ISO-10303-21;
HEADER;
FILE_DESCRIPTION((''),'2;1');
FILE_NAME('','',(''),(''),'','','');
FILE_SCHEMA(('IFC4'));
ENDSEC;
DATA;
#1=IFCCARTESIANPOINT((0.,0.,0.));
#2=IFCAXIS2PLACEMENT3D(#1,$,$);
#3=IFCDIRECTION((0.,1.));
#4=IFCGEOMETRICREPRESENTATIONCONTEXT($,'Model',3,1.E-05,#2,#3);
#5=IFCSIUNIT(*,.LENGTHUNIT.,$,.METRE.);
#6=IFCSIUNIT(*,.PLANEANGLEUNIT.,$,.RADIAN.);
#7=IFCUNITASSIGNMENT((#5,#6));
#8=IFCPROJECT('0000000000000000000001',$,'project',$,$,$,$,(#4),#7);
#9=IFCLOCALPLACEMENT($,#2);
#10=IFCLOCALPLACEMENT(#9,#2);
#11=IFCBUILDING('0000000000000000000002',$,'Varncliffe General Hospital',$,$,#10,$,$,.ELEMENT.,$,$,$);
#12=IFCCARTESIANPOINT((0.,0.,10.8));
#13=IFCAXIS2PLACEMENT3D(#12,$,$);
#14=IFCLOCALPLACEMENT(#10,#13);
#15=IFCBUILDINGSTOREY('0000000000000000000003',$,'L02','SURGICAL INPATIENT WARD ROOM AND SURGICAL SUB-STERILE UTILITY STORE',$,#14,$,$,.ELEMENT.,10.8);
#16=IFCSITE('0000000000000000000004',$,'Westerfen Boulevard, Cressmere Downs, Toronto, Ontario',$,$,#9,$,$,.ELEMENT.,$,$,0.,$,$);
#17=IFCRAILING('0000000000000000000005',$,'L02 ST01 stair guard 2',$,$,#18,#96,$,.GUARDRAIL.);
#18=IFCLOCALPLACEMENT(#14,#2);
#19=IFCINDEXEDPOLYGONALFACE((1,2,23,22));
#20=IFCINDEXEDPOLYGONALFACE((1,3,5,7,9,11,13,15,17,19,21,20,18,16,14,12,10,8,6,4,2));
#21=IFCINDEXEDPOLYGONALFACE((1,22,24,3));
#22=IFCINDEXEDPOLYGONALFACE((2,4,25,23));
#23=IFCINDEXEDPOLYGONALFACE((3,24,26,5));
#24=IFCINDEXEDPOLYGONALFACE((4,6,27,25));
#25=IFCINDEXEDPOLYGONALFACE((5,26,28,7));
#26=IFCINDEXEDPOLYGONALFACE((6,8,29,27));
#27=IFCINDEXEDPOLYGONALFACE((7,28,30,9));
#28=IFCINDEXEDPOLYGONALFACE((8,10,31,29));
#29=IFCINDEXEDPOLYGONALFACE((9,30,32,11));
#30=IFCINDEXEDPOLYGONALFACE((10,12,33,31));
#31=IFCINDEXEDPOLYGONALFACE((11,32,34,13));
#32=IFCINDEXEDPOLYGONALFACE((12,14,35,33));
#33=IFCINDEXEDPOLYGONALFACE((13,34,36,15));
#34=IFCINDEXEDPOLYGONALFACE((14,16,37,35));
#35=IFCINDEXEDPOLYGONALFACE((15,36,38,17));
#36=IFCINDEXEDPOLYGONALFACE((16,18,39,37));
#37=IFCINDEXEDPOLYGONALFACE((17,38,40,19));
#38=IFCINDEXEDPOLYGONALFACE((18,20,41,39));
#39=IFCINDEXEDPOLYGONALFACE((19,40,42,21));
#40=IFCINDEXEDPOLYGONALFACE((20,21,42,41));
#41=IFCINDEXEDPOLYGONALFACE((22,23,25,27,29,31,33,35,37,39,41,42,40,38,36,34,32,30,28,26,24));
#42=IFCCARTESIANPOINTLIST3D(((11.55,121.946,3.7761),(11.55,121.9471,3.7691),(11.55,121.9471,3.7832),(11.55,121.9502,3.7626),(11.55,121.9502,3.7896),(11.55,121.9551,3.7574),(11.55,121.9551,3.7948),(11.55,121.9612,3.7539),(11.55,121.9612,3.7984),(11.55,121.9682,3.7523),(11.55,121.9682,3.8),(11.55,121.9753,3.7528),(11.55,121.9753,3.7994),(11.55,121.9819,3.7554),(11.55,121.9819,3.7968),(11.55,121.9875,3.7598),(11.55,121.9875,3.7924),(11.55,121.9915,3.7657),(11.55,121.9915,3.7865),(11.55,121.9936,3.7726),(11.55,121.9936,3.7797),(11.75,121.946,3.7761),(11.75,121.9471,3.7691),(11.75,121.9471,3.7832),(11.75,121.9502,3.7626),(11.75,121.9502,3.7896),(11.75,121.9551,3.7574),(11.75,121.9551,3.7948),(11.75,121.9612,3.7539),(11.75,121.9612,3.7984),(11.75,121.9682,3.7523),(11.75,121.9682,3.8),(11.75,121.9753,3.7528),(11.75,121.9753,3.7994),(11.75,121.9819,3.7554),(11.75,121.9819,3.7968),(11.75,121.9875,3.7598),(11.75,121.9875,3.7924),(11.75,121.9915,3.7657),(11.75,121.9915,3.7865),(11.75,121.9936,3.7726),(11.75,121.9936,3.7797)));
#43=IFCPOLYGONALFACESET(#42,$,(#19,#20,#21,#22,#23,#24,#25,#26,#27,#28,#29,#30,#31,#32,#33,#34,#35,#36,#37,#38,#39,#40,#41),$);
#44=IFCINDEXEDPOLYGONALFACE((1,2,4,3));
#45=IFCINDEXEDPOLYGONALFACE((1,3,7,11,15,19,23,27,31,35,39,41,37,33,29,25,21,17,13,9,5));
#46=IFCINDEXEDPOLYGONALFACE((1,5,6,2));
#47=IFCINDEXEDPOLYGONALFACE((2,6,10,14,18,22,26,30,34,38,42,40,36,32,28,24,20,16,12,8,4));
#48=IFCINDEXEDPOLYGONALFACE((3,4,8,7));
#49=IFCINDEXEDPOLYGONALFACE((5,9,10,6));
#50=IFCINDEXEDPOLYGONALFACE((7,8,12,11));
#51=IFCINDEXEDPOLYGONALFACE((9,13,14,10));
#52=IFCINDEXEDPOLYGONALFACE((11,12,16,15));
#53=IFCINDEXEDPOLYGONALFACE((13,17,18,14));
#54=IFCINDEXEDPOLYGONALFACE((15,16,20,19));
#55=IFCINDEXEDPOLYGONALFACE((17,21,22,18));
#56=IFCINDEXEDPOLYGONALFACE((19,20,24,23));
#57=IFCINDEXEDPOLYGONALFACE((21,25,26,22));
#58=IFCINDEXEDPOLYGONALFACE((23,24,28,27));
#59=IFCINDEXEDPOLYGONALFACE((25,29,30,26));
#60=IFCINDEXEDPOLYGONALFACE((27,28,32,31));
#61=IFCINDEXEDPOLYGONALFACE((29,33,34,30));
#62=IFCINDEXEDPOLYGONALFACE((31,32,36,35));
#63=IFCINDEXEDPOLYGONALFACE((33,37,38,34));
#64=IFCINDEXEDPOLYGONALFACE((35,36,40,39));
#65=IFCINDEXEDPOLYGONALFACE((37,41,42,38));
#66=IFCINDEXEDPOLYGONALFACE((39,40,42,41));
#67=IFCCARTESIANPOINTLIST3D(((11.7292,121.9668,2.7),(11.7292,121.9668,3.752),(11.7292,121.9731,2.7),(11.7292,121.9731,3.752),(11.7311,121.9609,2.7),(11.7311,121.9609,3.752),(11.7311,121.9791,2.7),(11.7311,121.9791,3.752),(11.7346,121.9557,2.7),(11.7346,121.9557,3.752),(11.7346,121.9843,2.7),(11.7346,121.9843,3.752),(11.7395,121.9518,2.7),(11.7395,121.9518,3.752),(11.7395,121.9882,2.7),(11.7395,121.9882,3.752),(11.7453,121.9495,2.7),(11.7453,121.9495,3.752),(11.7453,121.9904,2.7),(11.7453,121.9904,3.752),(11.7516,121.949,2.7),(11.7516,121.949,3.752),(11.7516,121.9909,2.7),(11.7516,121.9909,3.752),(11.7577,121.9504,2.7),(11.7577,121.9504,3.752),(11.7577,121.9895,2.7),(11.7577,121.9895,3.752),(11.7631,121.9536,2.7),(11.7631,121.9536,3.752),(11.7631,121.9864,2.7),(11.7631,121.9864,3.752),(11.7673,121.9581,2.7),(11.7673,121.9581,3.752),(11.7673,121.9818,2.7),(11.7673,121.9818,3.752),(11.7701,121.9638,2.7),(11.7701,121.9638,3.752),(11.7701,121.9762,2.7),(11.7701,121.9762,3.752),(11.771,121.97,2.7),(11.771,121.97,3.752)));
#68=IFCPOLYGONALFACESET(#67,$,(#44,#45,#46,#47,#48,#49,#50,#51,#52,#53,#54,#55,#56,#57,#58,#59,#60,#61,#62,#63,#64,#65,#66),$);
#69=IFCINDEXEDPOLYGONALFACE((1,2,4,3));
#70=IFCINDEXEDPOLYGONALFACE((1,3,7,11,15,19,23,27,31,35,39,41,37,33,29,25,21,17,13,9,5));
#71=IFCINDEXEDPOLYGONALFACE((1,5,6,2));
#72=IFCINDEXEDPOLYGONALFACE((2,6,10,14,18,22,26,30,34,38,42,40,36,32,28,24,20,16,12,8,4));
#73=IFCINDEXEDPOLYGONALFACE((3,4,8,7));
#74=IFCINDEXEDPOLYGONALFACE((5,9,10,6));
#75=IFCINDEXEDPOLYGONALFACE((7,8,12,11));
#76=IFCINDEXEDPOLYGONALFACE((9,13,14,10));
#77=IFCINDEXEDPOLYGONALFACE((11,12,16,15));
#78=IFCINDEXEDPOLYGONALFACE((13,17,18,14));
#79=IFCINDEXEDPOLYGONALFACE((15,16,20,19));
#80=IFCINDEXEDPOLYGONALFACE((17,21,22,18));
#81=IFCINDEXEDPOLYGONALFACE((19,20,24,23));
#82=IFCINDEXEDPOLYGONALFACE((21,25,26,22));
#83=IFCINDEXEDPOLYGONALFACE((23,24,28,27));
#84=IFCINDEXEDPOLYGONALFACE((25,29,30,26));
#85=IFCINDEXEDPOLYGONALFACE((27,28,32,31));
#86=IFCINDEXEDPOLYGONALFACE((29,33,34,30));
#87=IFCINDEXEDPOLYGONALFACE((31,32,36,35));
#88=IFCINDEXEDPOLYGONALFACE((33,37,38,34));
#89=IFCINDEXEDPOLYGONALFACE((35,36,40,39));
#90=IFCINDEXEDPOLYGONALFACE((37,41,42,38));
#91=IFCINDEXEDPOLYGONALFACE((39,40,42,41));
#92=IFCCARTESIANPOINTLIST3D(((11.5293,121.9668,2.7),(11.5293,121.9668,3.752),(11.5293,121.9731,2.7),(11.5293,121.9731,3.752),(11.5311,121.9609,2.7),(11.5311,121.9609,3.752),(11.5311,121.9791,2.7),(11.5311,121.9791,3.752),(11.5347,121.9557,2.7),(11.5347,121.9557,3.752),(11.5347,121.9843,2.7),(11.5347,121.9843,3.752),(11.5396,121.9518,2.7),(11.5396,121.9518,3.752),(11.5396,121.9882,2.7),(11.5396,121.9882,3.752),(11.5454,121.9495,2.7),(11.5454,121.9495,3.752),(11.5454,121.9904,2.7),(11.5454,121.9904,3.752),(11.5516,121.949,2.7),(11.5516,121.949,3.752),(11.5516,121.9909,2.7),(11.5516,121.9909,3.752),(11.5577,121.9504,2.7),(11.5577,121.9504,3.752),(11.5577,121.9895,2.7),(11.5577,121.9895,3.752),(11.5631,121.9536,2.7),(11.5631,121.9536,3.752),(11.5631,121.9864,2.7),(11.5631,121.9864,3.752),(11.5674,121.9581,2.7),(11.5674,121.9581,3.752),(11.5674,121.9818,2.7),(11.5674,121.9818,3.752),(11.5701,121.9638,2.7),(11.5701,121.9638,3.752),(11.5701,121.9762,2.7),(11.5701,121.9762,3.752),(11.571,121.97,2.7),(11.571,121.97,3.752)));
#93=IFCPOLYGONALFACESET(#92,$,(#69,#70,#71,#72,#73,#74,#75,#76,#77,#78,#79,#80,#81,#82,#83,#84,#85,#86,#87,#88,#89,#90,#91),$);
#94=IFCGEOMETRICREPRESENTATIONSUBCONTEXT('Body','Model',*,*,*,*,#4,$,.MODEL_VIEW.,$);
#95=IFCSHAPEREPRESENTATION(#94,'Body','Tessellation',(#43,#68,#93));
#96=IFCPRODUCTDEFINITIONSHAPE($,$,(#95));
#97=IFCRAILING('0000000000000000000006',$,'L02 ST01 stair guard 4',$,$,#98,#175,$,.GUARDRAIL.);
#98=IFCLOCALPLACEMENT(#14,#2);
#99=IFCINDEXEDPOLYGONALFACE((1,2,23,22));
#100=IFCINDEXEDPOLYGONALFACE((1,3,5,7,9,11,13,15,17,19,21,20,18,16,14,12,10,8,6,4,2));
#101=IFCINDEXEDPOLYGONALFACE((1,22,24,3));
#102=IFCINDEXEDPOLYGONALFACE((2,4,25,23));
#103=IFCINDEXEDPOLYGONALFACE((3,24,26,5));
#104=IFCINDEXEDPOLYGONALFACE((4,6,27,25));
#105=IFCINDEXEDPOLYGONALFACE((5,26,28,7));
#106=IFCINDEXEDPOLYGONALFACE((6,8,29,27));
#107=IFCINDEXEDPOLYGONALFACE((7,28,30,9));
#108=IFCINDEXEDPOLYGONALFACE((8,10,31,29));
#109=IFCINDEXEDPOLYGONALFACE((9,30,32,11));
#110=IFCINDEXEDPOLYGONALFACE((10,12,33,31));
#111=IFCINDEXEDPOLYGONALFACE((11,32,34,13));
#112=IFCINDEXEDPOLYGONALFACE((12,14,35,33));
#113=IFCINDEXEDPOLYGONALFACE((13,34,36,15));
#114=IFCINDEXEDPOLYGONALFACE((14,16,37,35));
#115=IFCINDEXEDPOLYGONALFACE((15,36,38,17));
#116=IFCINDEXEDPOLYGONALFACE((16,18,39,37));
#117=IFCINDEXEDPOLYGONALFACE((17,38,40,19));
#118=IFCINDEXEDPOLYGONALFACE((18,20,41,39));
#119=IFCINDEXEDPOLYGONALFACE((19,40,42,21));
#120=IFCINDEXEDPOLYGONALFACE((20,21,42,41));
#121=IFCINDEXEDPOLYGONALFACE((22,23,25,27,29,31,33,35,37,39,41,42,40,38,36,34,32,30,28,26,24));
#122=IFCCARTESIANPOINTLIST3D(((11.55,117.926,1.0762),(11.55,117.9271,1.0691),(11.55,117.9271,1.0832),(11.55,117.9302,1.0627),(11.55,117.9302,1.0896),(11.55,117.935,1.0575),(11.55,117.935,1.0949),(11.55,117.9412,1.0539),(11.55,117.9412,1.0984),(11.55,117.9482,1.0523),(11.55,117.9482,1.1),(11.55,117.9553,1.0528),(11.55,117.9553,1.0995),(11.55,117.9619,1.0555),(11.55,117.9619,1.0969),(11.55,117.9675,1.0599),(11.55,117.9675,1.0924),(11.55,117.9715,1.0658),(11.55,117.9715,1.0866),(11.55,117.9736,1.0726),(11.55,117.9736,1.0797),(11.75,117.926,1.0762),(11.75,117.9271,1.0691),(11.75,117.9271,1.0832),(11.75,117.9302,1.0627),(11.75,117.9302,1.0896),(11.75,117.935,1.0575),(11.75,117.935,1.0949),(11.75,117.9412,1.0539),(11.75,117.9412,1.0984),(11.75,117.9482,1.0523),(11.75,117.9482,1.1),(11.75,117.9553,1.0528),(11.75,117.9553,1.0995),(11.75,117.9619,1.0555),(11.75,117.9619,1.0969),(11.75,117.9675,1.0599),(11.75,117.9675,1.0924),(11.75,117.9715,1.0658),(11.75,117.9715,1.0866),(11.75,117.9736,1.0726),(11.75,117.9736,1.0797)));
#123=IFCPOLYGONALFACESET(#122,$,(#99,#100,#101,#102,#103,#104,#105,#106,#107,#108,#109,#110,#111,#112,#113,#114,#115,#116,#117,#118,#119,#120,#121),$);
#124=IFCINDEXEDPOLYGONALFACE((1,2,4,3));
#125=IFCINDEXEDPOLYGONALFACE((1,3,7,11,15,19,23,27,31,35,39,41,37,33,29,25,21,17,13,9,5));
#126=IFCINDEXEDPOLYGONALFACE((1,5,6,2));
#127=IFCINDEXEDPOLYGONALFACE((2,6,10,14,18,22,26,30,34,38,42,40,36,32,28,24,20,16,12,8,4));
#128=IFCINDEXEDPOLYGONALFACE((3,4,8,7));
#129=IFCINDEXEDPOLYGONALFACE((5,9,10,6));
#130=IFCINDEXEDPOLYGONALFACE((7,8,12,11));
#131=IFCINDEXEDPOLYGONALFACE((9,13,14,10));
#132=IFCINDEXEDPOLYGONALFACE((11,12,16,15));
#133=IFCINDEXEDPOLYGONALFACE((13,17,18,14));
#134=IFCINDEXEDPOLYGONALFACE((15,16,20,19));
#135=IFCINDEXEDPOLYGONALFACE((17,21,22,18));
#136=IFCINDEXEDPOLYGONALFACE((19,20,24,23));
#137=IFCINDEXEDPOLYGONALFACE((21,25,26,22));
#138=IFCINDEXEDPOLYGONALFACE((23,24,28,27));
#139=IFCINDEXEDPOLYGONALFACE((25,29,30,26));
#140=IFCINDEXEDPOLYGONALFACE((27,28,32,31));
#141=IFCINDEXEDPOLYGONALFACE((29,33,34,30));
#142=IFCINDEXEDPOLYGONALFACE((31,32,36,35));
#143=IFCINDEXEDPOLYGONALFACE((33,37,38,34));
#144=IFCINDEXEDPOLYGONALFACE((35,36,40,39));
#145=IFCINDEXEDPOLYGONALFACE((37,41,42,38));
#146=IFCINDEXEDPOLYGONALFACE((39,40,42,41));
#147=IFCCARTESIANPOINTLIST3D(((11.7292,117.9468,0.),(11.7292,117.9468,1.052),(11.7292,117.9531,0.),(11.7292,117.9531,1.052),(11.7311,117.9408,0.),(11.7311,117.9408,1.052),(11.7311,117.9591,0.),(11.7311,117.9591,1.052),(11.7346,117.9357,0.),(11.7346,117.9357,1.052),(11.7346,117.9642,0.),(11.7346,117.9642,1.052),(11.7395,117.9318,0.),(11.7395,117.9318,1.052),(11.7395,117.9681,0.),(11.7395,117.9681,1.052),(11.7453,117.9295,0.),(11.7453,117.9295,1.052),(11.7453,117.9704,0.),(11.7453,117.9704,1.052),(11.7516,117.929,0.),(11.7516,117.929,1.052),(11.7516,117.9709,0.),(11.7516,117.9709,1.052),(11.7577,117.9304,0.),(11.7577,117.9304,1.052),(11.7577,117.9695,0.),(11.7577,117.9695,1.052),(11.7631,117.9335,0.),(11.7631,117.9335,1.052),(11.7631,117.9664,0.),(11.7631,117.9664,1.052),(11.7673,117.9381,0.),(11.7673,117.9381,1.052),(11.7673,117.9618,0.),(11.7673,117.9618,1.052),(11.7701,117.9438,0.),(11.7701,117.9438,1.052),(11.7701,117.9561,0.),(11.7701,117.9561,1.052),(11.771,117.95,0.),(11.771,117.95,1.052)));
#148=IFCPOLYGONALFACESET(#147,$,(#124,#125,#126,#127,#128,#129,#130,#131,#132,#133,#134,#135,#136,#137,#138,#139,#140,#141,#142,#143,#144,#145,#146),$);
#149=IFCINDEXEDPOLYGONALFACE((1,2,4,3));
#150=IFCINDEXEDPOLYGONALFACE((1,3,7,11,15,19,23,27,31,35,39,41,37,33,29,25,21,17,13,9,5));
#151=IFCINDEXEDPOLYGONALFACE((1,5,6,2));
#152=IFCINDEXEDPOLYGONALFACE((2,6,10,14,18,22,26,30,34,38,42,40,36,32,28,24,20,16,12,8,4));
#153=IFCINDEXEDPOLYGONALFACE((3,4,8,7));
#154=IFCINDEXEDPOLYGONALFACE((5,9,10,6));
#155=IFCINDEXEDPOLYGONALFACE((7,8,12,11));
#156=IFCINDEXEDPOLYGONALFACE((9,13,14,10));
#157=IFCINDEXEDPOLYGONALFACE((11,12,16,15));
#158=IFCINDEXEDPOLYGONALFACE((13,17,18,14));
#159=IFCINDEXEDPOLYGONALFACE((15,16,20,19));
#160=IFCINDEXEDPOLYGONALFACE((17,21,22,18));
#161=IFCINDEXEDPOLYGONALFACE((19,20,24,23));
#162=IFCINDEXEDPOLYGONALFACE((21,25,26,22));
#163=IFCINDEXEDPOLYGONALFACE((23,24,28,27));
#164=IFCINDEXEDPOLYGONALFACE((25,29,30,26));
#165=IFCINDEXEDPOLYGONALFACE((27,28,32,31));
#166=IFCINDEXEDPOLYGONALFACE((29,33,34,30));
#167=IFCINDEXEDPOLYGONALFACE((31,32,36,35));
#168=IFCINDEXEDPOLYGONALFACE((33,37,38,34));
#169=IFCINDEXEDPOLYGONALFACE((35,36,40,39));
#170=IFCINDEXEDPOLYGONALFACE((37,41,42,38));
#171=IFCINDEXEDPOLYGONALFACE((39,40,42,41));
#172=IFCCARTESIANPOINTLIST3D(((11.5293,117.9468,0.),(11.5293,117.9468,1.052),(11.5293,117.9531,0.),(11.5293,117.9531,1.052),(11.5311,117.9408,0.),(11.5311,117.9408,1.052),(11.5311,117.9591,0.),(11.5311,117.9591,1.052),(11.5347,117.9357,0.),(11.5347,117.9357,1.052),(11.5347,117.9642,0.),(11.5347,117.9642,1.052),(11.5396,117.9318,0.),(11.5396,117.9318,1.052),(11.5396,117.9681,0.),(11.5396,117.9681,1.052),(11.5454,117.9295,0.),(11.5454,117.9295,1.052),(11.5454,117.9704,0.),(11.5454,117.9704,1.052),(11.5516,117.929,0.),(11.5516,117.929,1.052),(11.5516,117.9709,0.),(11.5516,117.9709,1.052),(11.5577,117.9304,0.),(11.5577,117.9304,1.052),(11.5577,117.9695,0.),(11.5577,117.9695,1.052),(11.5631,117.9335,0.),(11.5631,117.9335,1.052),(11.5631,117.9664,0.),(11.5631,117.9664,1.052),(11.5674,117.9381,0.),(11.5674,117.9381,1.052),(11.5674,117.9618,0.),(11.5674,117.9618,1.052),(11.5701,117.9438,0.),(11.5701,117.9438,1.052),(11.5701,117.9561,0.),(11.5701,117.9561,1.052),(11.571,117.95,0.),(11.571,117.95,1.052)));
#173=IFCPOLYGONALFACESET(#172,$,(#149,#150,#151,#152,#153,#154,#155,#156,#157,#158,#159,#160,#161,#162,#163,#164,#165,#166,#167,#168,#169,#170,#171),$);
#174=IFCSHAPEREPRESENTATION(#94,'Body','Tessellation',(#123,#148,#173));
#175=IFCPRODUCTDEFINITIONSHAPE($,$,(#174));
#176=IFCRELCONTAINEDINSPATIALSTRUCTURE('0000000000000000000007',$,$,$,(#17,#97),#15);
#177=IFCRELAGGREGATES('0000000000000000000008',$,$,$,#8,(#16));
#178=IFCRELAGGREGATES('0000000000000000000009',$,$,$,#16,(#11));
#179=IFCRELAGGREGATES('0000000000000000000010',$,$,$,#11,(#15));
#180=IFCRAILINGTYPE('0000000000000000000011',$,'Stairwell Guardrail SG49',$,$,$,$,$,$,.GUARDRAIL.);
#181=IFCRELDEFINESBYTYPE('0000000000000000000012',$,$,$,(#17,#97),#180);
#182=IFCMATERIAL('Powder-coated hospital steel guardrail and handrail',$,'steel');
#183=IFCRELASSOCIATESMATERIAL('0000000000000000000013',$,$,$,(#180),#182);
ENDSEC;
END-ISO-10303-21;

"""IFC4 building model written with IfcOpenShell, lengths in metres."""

from ifc_helpers import new_model, si_unit, direction, frame, origin, origin_2d, place, context, subcontext, project, spatial, circle, extrude, material, type_object, element, save


model = new_model("IFC4")

# Units and contexts
model_context = context("Model", 3, precision=1e-05, world=origin(), true_north=direction((0.0, 1.0)))
body_context = subcontext(model_context, "Body", "Model", "MODEL_VIEW")
ifc_project = project(units=[si_unit("LENGTHUNIT", "METRE"), si_unit("PLANEANGLEUNIT", "RADIAN")], contexts=[model_context])

# Site, building, storey
site_placement = place(None, origin())
site = spatial("IfcSite", under=ifc_project, at=site_placement, Name="Westerfen Boulevard, Cressmere Downs, Toronto, Ontario", CompositionType="ELEMENT", RefElevation=0.0)
building_placement = place(site_placement, origin())
building = spatial("IfcBuilding", under=site, at=building_placement, Name="Varncliffe General Hospital", CompositionType="ELEMENT")
storey_placement = place(building_placement, frame((0.0, 0.0, 10.8)))
storey = spatial("IfcBuildingStorey", under=building, at=storey_placement, Name="L02", Description="SURGICAL INPATIENT WARD ROOM AND SURGICAL SUB-STERILE UTILITY STORE", CompositionType="ELEMENT", Elevation=10.8)

# Railings
ifc_material_1 = material(Name="Powder-coated hospital steel guardrail and handrail", Category="steel")
railing_type_1 = type_object("IfcRailingType", Name="Stairwell Guardrail SG49", PredefinedType="GUARDRAIL", material=ifc_material_1)
for number, where, name in (
    (1, (11.75, 121.97, 2.7), "L02 ST01 stair guard 2"),
    (2, (11.75, 117.95, 0.0), "L02 ST01 stair guard 4"),
):
    element("IfcRailing", number, at=place(storey_placement, frame(where)), inside=storey, type_object=railing_type_1, Name=name, PredefinedType="GUARDRAIL", context=body_context, shape_type="SweptSolid", body=[
        extrude(circle(Radius=0.0239, at=origin_2d()), frame((0.0, 0.0, 1.0762), z_axis=(-1.0, 0.0, 0.0), x_axis=(0.0, -1.0, 0.0)), (0.0, 0.0, 1.0), 0.2),
        extrude(circle(Radius=0.021, at=origin_2d()), origin(), (0.0, 0.0, 1.0), 1.052),
        extrude(circle(Radius=0.021, at=origin_2d()), frame((-0.2, 0.0, 0.0)), (0.0, 0.0, 1.0), 1.052),
    ])

save(model, "model.ifc")
